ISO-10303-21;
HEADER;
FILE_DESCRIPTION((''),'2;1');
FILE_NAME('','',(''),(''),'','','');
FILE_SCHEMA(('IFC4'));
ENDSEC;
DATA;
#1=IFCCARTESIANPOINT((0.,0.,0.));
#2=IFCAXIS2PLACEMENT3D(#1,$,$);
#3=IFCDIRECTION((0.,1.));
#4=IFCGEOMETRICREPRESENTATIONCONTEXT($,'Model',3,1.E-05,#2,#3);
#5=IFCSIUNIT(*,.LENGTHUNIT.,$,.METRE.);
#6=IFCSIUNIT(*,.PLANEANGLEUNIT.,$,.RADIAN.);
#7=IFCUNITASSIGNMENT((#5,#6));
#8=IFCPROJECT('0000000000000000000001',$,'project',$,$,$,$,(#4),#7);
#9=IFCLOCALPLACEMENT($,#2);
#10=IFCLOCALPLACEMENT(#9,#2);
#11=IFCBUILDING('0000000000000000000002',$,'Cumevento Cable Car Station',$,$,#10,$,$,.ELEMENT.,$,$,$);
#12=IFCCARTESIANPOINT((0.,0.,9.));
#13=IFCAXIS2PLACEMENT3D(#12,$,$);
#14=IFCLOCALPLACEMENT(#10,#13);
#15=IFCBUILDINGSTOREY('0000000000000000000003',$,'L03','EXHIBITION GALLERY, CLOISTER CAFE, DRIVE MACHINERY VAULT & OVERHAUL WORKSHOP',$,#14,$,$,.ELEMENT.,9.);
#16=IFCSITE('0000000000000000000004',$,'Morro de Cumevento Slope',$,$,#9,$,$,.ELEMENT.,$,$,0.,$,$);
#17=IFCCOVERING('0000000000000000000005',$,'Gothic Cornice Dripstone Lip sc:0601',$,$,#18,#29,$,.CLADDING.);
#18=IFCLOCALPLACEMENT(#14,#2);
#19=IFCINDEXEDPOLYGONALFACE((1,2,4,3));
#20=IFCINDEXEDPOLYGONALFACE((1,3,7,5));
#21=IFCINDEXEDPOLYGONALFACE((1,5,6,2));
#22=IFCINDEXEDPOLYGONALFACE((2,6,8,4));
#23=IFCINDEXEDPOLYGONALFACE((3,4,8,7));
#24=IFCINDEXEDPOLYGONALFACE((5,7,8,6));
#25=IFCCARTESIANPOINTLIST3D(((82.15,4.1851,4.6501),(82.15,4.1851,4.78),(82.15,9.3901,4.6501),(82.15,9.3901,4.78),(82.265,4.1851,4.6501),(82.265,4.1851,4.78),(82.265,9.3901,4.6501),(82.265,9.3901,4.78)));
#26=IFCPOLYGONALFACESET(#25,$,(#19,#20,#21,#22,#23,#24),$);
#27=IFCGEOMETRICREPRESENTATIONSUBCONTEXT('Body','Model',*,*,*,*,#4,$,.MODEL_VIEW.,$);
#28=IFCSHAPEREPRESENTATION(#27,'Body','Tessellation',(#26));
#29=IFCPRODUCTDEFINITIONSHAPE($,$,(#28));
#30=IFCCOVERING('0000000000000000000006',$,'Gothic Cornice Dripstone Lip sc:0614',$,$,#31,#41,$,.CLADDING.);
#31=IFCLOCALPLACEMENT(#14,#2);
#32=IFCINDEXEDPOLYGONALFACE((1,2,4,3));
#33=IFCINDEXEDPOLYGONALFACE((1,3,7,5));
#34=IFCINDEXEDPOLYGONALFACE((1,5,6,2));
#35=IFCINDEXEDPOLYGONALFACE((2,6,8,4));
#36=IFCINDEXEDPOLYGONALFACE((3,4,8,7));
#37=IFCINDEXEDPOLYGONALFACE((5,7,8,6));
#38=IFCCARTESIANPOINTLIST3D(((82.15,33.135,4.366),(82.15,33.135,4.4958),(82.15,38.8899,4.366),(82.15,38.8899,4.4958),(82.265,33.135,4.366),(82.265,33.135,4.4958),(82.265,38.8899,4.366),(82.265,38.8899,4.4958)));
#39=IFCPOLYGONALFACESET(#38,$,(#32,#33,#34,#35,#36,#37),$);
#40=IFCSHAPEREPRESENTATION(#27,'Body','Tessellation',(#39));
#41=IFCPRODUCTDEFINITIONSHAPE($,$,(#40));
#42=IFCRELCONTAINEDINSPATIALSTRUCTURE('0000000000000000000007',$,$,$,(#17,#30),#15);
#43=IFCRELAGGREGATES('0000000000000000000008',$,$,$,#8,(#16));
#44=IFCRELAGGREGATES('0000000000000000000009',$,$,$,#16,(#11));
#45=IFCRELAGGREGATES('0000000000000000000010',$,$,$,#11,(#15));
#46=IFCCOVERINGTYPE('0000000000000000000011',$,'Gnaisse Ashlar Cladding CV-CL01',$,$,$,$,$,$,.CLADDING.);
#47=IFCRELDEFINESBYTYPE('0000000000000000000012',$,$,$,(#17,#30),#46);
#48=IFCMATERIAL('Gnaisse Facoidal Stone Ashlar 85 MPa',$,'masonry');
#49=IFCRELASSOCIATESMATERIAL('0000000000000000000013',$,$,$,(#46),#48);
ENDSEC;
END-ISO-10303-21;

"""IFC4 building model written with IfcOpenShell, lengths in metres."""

from ifc_helpers import new_model, si_unit, direction, frame, origin, origin_2d, place, context, subcontext, project, spatial, rectangle, extrude, material, type_object, element, save


model = new_model("IFC4")

# Units and contexts
model_context = context("Model", 3, precision=1e-05, world=origin(), true_north=direction((0.0, 1.0)))
body_context = subcontext(model_context, "Body", "Model", "MODEL_VIEW")
ifc_project = project(units=[si_unit("LENGTHUNIT", "METRE"), si_unit("PLANEANGLEUNIT", "RADIAN")], contexts=[model_context])

# Site, building, storey
site_placement = place(None, origin())
site = spatial("IfcSite", under=ifc_project, at=site_placement, Name="Morro de Cumevento Slope", CompositionType="ELEMENT", RefElevation=0.0)
building_placement = place(site_placement, origin())
building = spatial("IfcBuilding", under=site, at=building_placement, Name="Cumevento Cable Car Station", CompositionType="ELEMENT")
storey_placement = place(building_placement, frame((0.0, 0.0, 9.0)))
storey = spatial("IfcBuildingStorey", under=building, at=storey_placement, Name="L03", Description="EXHIBITION GALLERY, CLOISTER CAFE, DRIVE MACHINERY VAULT & OVERHAUL WORKSHOP", CompositionType="ELEMENT", Elevation=9.0)

# Coverings
ifc_material_1 = material(Name="Gnaisse Facoidal Stone Ashlar 85 MPa", Category="masonry")
covering_type = type_object("IfcCoveringType", Name="Gnaisse Ashlar Cladding CV-CL01", PredefinedType="CLADDING", material=ifc_material_1)
covering_1_placement = place(storey_placement, frame((82.2075, 6.7876, 4.6501), z_axis=(0.0, 0.0, 1.0), x_axis=(0.0, -1.0, 0.0)))
element("IfcCovering", 1, at=covering_1_placement, inside=storey, type_object=covering_type, Name="Gothic Cornice Dripstone Lip sc:0601", PredefinedType="CLADDING", context=body_context, shape_type="SweptSolid", body=[
    extrude(rectangle(XDim=5.2051, YDim=0.115, at=origin_2d()), origin(), (0.0, 0.0, 1.0), 0.1299),
])
covering_2_placement = place(storey_placement, frame((82.2075, 36.0125, 4.366), z_axis=(0.0, 0.0, 1.0), x_axis=(0.0, -1.0, 0.0)))
element("IfcCovering", 2, at=covering_2_placement, inside=storey, type_object=covering_type, Name="Gothic Cornice Dripstone Lip sc:0614", PredefinedType="CLADDING", context=body_context, shape_type="SweptSolid", body=[
    extrude(rectangle(XDim=5.7549, YDim=0.115, at=origin_2d()), origin(), (0.0, 0.0, 1.0), 0.1299),
])

save(model, "model.ifc")
